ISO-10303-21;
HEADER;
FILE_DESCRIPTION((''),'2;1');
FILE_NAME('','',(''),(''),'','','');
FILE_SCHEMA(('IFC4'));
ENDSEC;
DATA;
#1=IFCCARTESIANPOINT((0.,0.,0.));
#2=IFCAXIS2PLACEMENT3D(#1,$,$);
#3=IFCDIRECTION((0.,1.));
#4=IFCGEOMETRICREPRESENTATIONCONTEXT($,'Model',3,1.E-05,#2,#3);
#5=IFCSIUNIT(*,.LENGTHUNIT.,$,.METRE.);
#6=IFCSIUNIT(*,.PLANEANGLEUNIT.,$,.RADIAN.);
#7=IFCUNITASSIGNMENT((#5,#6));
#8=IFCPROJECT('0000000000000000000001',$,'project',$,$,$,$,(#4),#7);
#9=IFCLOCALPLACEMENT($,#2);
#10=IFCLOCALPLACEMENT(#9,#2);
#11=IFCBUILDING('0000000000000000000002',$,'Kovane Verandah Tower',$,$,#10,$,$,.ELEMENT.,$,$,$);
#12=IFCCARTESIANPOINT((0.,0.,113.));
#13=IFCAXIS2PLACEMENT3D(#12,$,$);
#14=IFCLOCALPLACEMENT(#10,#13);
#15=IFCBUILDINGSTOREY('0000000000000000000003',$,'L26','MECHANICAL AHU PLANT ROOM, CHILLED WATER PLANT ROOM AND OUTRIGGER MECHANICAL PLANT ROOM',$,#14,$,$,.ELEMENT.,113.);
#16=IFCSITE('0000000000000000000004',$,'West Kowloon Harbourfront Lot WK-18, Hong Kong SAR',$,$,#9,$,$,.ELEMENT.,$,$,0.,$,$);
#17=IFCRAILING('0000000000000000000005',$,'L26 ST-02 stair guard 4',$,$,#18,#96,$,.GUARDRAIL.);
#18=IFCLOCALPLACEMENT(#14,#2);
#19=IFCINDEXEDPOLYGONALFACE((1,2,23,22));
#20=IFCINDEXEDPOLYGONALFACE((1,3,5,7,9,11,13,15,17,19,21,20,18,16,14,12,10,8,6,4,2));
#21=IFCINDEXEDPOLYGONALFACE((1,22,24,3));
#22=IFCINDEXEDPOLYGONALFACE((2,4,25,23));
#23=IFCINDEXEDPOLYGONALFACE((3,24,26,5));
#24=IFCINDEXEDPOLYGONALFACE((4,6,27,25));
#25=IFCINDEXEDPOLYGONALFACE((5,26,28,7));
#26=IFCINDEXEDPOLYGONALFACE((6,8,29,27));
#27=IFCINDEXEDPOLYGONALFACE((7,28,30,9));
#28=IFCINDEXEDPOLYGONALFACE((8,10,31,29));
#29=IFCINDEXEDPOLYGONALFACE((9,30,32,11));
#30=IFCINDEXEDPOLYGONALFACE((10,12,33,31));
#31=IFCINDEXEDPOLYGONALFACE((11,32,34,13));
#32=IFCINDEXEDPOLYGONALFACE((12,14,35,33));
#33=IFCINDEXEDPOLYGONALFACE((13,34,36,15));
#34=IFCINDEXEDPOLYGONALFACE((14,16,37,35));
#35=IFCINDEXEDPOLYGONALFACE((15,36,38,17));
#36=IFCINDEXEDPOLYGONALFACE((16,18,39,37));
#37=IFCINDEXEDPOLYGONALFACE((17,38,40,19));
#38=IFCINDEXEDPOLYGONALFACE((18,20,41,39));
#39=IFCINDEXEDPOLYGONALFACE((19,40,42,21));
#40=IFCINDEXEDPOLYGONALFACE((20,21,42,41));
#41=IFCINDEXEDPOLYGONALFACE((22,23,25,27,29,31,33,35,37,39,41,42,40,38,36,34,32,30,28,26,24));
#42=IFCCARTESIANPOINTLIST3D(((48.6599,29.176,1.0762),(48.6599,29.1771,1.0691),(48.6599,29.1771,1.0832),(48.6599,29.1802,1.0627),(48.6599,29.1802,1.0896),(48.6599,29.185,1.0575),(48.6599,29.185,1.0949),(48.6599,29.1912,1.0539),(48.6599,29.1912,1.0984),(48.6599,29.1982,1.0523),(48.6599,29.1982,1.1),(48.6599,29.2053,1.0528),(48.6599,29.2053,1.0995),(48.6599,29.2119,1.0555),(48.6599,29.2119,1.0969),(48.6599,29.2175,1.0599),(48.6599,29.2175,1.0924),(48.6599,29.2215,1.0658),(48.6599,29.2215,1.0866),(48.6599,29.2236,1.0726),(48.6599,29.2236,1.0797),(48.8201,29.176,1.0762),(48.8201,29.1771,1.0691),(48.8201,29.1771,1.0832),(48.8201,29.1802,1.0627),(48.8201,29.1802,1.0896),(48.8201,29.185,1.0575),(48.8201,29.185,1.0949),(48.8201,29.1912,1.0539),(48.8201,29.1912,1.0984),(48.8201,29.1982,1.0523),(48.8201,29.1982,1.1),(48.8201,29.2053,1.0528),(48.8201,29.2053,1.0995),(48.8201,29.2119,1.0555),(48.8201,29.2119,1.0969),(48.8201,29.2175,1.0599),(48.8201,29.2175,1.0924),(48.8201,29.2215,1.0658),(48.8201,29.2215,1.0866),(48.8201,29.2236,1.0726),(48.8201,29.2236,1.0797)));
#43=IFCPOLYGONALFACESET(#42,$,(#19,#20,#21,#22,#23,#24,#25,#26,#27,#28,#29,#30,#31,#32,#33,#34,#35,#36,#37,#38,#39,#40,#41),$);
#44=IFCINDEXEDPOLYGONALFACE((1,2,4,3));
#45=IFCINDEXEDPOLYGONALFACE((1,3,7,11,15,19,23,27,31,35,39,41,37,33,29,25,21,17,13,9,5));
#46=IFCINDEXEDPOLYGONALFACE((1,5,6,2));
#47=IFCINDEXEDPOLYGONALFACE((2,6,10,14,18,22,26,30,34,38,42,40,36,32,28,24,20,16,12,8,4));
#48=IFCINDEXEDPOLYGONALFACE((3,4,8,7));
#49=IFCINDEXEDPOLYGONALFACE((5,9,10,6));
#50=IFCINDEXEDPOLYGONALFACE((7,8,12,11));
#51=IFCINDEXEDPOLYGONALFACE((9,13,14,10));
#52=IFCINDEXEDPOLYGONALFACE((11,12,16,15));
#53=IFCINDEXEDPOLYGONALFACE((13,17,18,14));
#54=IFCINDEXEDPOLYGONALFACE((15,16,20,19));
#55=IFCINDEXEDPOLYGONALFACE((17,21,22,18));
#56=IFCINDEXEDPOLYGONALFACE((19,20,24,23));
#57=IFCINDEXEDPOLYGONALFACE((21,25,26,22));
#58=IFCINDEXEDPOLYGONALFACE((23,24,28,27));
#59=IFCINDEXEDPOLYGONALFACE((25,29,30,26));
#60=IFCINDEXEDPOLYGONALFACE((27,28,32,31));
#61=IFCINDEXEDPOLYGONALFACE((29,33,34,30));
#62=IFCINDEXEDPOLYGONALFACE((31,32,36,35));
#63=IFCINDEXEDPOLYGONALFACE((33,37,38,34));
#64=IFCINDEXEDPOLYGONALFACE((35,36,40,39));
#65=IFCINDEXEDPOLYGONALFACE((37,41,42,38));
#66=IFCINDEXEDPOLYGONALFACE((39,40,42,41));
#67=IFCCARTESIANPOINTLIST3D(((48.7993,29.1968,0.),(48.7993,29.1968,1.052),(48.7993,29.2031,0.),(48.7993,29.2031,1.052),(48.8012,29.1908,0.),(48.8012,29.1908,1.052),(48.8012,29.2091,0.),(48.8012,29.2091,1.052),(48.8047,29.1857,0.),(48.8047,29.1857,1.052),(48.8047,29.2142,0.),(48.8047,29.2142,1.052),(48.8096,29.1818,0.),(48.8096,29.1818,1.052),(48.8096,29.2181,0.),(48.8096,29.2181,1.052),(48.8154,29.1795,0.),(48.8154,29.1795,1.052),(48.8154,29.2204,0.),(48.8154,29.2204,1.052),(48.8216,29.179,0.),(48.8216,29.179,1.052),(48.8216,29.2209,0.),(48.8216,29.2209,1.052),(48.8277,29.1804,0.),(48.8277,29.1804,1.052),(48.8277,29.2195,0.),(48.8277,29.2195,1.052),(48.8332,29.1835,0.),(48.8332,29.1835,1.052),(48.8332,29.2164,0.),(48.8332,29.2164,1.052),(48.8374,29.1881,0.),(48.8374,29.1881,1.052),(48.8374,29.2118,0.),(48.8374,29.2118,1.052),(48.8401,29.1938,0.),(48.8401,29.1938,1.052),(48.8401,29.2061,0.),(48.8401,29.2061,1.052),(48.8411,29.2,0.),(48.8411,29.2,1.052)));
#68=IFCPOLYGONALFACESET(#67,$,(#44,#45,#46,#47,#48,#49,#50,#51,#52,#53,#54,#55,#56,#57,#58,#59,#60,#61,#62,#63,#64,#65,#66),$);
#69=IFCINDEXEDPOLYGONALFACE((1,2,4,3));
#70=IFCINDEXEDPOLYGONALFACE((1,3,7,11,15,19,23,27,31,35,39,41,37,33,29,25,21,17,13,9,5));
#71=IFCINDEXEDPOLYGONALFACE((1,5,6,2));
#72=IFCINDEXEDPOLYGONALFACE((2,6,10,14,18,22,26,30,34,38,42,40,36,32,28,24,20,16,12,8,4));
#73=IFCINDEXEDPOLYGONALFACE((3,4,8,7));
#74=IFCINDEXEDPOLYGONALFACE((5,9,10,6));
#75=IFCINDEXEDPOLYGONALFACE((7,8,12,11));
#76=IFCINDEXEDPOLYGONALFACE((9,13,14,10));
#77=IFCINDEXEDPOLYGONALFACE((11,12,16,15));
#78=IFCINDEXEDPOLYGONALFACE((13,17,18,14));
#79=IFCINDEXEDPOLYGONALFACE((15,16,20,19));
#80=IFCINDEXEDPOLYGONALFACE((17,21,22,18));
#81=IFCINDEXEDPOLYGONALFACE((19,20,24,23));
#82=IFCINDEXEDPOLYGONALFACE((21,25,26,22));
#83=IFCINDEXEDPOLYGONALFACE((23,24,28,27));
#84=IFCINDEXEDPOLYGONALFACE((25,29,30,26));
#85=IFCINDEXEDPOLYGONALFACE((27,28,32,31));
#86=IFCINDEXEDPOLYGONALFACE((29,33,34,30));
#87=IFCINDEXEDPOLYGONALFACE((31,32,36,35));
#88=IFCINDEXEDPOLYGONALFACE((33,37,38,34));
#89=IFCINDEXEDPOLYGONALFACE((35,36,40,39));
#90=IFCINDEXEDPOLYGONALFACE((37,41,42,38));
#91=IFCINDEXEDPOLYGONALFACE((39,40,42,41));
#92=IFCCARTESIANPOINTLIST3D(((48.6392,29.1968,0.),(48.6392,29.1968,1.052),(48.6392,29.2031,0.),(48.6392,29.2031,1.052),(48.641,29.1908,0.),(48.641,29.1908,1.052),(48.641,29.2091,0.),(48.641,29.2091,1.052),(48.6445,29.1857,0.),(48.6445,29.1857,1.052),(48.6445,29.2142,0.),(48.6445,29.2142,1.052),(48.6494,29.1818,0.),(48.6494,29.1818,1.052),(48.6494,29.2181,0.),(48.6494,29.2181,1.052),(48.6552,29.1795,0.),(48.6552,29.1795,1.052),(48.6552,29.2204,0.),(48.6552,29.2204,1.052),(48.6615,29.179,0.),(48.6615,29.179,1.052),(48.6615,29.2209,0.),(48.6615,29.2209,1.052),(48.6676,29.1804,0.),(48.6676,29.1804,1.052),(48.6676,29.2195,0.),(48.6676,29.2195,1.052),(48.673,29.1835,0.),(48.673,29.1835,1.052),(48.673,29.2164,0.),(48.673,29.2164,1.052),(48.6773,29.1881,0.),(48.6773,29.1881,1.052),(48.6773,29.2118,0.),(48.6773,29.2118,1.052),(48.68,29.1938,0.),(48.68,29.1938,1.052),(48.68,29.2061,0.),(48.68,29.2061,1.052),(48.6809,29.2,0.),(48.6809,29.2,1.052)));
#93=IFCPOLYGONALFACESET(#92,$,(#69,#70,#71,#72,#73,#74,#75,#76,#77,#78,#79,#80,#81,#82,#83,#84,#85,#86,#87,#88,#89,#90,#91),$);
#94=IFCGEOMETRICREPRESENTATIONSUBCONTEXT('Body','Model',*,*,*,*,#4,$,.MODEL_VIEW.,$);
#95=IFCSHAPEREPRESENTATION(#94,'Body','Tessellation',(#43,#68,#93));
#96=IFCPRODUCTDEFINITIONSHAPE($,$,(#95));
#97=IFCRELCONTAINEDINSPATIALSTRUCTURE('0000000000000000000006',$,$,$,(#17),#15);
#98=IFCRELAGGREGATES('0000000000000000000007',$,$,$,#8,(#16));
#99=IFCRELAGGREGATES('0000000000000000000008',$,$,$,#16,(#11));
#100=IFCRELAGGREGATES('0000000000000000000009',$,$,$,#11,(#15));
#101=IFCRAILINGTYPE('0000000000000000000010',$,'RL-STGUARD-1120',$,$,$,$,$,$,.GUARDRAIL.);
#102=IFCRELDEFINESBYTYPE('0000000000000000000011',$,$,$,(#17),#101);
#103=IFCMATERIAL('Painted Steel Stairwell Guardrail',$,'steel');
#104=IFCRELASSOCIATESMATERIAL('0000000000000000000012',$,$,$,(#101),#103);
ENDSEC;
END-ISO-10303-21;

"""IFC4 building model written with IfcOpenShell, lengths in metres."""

from ifc_helpers import new_model, si_unit, direction, frame, origin, origin_2d, place, context, subcontext, project, spatial, circle, extrude, material, type_object, element, save


model = new_model("IFC4")

# Units and contexts
model_context = context("Model", 3, precision=1e-05, world=origin(), true_north=direction((0.0, 1.0)))
body_context = subcontext(model_context, "Body", "Model", "MODEL_VIEW")
ifc_project = project(units=[si_unit("LENGTHUNIT", "METRE"), si_unit("PLANEANGLEUNIT", "RADIAN")], contexts=[model_context])

# Site, building, storey
site_placement = place(None, origin())
site = spatial("IfcSite", under=ifc_project, at=site_placement, Name="West Kowloon Harbourfront Lot WK-18, Hong Kong SAR", CompositionType="ELEMENT", RefElevation=0.0)
building_placement = place(site_placement, origin())
building = spatial("IfcBuilding", under=site, at=building_placement, Name="Kovane Verandah Tower", CompositionType="ELEMENT")
storey_placement = place(building_placement, frame((0.0, 0.0, 113.0)))
storey = spatial("IfcBuildingStorey", under=building, at=storey_placement, Name="L26", Description="MECHANICAL AHU PLANT ROOM, CHILLED WATER PLANT ROOM AND OUTRIGGER MECHANICAL PLANT ROOM", CompositionType="ELEMENT", Elevation=113.0)

# Railing
ifc_material_1 = material(Name="Painted Steel Stairwell Guardrail", Category="steel")
railing_type_1 = type_object("IfcRailingType", Name="RL-STGUARD-1120", PredefinedType="GUARDRAIL", material=ifc_material_1)
railing_1_placement = place(storey_placement, frame((48.8201, 29.2, 0.0)))
element("IfcRailing", 1, at=railing_1_placement, inside=storey, type_object=railing_type_1, Name="L26 ST-02 stair guard 4", PredefinedType="GUARDRAIL", context=body_context, shape_type="SweptSolid", body=[
    extrude(circle(Radius=0.0239, at=origin_2d()), frame((0.0, 0.0, 1.0762), z_axis=(-1.0, 0.0, 0.0), x_axis=(0.0, -1.0, 0.0)), (0.0, 0.0, 1.0), 0.1602),
    extrude(circle(Radius=0.021, at=origin_2d()), origin(), (0.0, 0.0, 1.0), 1.052),
    extrude(circle(Radius=0.021, at=origin_2d()), frame((-0.1602, 0.0, 0.0)), (0.0, 0.0, 1.0), 1.052),
])

save(model, "model.ifc")
